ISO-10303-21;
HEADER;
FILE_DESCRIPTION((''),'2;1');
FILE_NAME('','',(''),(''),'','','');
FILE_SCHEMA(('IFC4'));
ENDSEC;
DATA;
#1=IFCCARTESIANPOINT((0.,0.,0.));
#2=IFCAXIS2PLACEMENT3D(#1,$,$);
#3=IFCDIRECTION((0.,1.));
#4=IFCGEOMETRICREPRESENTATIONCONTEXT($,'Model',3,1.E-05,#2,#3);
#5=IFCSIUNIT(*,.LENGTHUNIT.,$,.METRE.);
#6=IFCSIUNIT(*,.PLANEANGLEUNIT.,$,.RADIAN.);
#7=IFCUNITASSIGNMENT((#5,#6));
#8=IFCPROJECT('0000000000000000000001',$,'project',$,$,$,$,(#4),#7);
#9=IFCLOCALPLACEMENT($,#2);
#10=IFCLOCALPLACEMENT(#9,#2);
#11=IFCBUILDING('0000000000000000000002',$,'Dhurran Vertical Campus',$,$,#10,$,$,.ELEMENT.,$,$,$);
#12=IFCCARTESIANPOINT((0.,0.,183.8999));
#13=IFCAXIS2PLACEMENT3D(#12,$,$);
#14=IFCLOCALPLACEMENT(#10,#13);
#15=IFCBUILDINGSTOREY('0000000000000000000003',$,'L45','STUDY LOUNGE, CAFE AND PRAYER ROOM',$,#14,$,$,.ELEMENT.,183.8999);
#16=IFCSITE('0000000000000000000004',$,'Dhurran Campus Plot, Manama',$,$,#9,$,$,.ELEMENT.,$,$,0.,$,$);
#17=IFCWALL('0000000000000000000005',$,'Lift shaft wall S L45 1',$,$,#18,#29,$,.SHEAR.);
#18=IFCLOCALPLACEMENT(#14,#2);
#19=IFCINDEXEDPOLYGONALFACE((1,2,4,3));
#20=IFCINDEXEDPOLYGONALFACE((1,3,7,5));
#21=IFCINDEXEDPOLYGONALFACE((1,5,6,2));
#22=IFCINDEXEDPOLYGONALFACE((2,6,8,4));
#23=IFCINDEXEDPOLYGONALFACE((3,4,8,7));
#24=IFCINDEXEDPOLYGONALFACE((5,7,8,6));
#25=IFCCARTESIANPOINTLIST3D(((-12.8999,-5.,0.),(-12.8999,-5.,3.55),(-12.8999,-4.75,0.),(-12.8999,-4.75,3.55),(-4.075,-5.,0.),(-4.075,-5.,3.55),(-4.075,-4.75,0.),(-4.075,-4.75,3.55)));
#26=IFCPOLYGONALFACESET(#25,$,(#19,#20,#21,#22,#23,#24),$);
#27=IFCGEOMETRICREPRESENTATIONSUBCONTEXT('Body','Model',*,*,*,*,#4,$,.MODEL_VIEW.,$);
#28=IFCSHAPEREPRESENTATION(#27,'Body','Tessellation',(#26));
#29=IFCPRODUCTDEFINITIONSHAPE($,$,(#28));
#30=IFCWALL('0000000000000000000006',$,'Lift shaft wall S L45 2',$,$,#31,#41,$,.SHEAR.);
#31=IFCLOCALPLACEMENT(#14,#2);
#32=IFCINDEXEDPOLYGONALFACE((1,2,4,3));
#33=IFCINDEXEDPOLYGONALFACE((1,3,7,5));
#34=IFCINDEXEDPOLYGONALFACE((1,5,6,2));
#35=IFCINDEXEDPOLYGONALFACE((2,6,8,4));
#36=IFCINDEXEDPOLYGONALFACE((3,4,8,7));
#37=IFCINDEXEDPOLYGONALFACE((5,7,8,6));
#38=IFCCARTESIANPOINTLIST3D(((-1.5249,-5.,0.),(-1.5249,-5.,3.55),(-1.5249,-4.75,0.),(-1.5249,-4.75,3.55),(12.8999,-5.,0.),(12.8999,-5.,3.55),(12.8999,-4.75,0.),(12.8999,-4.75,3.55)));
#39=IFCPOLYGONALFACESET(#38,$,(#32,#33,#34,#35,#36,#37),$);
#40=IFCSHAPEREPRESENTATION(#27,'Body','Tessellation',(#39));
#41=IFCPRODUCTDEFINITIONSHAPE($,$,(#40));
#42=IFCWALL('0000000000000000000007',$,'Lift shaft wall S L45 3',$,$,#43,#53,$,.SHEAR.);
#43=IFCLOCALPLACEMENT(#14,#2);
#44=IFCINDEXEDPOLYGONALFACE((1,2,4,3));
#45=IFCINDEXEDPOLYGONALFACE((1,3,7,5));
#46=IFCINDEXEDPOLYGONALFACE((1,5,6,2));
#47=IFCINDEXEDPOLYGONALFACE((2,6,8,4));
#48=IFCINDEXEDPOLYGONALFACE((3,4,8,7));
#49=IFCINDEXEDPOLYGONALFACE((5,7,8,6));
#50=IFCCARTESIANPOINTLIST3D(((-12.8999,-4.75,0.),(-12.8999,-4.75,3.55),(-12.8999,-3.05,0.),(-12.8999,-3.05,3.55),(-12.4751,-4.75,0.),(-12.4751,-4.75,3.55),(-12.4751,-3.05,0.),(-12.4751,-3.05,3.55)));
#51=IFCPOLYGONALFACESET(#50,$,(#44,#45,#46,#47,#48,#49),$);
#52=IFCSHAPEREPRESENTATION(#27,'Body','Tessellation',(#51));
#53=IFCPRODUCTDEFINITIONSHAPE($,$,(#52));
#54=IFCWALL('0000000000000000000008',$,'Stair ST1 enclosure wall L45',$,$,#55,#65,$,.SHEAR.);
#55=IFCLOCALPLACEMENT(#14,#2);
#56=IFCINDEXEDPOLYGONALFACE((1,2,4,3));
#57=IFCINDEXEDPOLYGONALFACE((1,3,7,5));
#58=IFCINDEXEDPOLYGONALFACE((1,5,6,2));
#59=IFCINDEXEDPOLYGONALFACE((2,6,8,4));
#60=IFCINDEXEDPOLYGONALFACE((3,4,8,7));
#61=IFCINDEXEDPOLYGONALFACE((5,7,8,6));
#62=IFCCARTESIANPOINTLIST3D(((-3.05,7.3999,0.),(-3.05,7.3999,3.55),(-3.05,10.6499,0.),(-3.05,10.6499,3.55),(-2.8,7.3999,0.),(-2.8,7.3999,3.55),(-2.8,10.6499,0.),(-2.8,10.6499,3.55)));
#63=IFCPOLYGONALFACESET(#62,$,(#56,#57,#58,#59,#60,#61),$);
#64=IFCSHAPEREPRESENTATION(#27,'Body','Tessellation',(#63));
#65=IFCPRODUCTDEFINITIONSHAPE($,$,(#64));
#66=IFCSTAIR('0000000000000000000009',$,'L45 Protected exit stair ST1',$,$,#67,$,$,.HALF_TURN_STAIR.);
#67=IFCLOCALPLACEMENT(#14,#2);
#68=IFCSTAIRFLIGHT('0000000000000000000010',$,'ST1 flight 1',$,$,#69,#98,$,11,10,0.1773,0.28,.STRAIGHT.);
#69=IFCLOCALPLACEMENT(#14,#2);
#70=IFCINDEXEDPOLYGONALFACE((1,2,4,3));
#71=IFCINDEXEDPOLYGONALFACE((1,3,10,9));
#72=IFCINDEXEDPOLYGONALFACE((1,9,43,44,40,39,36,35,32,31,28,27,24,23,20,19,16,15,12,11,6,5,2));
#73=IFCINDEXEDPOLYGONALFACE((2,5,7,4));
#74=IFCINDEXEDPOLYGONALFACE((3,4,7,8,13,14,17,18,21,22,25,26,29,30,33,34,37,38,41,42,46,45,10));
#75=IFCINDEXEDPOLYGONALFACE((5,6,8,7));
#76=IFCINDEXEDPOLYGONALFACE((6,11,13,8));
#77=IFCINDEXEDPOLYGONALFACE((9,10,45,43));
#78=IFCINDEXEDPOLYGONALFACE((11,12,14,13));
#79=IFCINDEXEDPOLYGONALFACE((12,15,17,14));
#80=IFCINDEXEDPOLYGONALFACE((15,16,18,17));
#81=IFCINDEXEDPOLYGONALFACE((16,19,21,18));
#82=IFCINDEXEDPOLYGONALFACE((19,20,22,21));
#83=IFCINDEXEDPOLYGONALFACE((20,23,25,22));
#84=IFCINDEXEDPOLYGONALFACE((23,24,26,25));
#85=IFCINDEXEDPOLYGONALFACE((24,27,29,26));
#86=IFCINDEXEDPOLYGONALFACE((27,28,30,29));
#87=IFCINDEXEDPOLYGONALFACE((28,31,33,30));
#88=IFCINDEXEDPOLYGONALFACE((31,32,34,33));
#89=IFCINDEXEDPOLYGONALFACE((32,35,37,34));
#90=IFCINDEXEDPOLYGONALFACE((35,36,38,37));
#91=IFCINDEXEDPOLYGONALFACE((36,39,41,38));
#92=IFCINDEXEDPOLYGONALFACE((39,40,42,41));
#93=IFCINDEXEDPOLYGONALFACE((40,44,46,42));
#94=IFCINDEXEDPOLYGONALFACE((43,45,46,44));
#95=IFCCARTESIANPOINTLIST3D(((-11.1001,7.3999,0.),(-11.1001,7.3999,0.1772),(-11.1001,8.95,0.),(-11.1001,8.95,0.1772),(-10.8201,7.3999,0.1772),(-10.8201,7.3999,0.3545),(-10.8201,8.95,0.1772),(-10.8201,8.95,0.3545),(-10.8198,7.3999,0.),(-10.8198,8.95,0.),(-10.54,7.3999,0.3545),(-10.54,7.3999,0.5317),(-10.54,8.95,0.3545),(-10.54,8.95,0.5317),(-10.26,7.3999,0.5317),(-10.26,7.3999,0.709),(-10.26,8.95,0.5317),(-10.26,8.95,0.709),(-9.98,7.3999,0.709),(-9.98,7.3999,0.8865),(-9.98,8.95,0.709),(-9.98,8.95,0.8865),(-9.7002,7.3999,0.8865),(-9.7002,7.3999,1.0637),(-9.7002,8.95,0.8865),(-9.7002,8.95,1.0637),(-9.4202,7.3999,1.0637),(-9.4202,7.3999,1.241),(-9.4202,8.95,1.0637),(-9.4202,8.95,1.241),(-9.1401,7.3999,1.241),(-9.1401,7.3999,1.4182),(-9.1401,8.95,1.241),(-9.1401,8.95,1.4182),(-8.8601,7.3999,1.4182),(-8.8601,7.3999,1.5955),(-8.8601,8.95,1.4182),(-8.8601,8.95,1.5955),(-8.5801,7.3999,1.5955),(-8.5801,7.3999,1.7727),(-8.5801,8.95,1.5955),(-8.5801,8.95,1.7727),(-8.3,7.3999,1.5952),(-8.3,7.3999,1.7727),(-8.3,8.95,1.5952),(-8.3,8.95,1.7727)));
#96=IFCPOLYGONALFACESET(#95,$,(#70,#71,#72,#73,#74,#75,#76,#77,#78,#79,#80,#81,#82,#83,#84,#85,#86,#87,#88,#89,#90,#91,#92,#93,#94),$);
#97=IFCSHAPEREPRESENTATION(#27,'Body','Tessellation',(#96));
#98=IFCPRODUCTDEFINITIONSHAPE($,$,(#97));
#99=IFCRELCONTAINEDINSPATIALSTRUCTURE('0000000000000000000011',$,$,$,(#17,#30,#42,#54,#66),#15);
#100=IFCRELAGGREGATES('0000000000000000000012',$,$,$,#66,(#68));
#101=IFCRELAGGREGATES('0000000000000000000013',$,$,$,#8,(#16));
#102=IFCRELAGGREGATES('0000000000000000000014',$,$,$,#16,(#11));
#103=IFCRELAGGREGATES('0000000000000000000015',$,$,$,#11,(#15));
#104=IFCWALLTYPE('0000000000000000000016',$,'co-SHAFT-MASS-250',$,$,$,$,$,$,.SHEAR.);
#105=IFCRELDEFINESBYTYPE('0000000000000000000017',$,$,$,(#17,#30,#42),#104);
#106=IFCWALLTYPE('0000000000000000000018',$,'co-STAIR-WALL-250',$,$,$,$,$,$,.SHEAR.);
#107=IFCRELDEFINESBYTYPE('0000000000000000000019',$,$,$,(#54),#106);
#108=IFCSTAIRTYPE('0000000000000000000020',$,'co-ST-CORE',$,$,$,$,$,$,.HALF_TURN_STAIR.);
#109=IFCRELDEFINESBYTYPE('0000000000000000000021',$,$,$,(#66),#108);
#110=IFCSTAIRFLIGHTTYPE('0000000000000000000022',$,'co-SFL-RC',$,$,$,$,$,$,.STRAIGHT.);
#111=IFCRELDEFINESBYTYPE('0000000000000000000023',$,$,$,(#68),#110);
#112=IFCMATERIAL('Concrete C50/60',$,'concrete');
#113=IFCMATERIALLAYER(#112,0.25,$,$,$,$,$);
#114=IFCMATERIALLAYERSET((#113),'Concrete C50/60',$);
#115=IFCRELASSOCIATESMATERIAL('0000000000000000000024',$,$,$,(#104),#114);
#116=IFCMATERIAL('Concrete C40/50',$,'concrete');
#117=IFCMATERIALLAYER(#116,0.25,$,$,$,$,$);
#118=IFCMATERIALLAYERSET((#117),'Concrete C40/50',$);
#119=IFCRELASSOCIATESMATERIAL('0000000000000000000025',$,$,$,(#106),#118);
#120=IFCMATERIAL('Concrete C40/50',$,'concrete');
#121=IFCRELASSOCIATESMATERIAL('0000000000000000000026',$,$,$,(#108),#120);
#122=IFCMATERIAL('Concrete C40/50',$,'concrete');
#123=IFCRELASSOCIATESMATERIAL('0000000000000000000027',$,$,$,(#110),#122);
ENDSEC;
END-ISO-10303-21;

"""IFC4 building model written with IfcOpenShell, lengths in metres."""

from ifc_helpers import new_model, si_unit, direction, frame, frame_2d, origin, place, context, subcontext, project, spatial, polyline, rectangle, outline, extrude, material, layer, layer_set, type_object, element, aggregate, save


model = new_model("IFC4")

# Units and contexts
model_context = context("Model", 3, precision=1e-05, world=origin(), true_north=direction((0.0, 1.0)))
body_context = subcontext(model_context, "Body", "Model", "MODEL_VIEW")
ifc_project = project(units=[si_unit("LENGTHUNIT", "METRE"), si_unit("PLANEANGLEUNIT", "RADIAN")], contexts=[model_context])

# Site, building, storey
site_placement = place(None, origin())
site = spatial("IfcSite", under=ifc_project, at=site_placement, Name="Dhurran Campus Plot, Manama", CompositionType="ELEMENT", RefElevation=0.0)
building_placement = place(site_placement, origin())
building = spatial("IfcBuilding", under=site, at=building_placement, Name="Dhurran Vertical Campus", CompositionType="ELEMENT")
storey_placement = place(building_placement, frame((0.0, 0.0, 183.8999)))
storey = spatial("IfcBuildingStorey", under=building, at=storey_placement, Name="L45", Description="STUDY LOUNGE, CAFE AND PRAYER ROOM", CompositionType="ELEMENT", Elevation=183.8999)

# Walls
ifc_material_1 = material(Name="Concrete C50/60", Category="concrete")
ifc_layer_1 = layer(ifc_material_1, 0.25)
ifc_layer_set_1 = layer_set([ifc_layer_1], Name="Concrete C50/60")
wall_type_1 = type_object("IfcWallType", Name="co-SHAFT-MASS-250", PredefinedType="SHEAR", material=ifc_layer_set_1)
wall_1_placement = place(storey_placement, origin())
element("IfcWall", 1, at=wall_1_placement, inside=storey, type_object=wall_type_1, Name="Lift shaft wall S L45 1", PredefinedType="SHEAR", context=body_context, shape_type="SweptSolid", body=[
    extrude(outline(polyline([(-12.8999, -5.0), (-4.075, -5.0), (-4.075, -4.75), (-12.8999, -4.75), (-12.8999, -5.0)])), origin(), (0.0, 0.0, 1.0), 3.55),
])
wall_2_placement = place(storey_placement, origin())
element("IfcWall", 2, at=wall_2_placement, inside=storey, type_object=wall_type_1, Name="Lift shaft wall S L45 2", PredefinedType="SHEAR", context=body_context, shape_type="SweptSolid", body=[
    extrude(outline(polyline([(-1.5249, -5.0), (12.8999, -5.0), (12.8999, -4.75), (-1.5249, -4.75), (-1.5249, -5.0)])), origin(), (0.0, 0.0, 1.0), 3.55),
])
wall_3_placement = place(storey_placement, origin())
element("IfcWall", 3, at=wall_3_placement, inside=storey, type_object=wall_type_1, Name="Lift shaft wall S L45 3", PredefinedType="SHEAR", context=body_context, shape_type="SweptSolid", body=[
    extrude(outline(polyline([(-12.8999, -4.75), (-12.4751, -4.75), (-12.4751, -3.05), (-12.8999, -3.05), (-12.8999, -4.75)])), origin(), (0.0, 0.0, 1.0), 3.55),
])
ifc_material_2 = material(Name="Concrete C40/50", Category="concrete")
ifc_layer_2 = layer(ifc_material_2, 0.25)
ifc_layer_set_2 = layer_set([ifc_layer_2], Name="Concrete C40/50")
wall_type_2 = type_object("IfcWallType", Name="co-STAIR-WALL-250", PredefinedType="SHEAR", material=ifc_layer_set_2)
wall_4_placement = place(storey_placement, frame((-2.925, 7.3999, 0.0), z_axis=(0.0, 0.0, 1.0), x_axis=(0.0, 1.0, 0.0)))
element("IfcWall", 4, at=wall_4_placement, inside=storey, type_object=wall_type_2, Name="Stair ST1 enclosure wall L45", PredefinedType="SHEAR", context=body_context, shape_type="SweptSolid", body=[
    extrude(rectangle(XDim=3.25, YDim=0.25, at=frame_2d((1.625, 0.0))), origin(), (0.0, 0.0, 1.0), 3.55),
])

# Stair, stair flight
ifc_material_3 = material(Name="Concrete C40/50", Category="concrete")
stair_type = type_object("IfcStairType", Name="co-ST-CORE", PredefinedType="HALF_TURN_STAIR", material=ifc_material_3)
stair_placement = place(storey_placement, origin())
stair = element("IfcStair", 5, at=stair_placement, inside=storey, type_object=stair_type, Name="L45 Protected exit stair ST1", PredefinedType="HALF_TURN_STAIR")
ifc_material_4 = material(Name="Concrete C40/50", Category="concrete")
stair_flight_type = type_object("IfcStairFlightType", Name="co-SFL-RC", PredefinedType="STRAIGHT", material=ifc_material_4)
stair_flight_placement = place(storey_placement, frame((-11.1001, 8.175, 0.0), z_axis=(0.0, 0.0, 1.0), x_axis=(1.0, 0.0, 0.0)))
stair_flight = element("IfcStairFlight", 6, at=stair_flight_placement, type_object=stair_flight_type, Name="ST1 flight 1", NumberOfRisers=11, NumberOfTreads=10, PredefinedType="STRAIGHT", RiserHeight=0.1773, TreadLength=0.28, context=body_context, shape_type="SweptSolid", body=[
    extrude(outline(polyline([(0.0, 0.0), (0.0, 0.1772), (0.28, 0.1772), (0.28, 0.3545), (0.5601, 0.3545), (0.5601, 0.5317), (0.8401, 0.5317), (0.8401, 0.709), (1.1201, 0.709), (1.1201, 0.8865), (1.3999, 0.8865), (1.3999, 1.0637), (1.6799, 1.0637), (1.6799, 1.241), (1.96, 1.241), (1.96, 1.4182), (2.24, 1.4182), (2.24, 1.5955), (2.52, 1.5955), (2.52, 1.7727), (2.8, 1.7727), (2.8, 1.95), (2.8, 1.5952), (0.2803, 0.0), (0.0, 0.0)])), frame((0.0, 0.7749, 0.0), z_axis=(0.0, -1.0, 0.0), x_axis=(1.0, 0.0, 0.0)), (0.0, 0.0, 1.0), 1.55),
])
aggregate(stair, [stair_flight])

save(model, "model.ifc")
